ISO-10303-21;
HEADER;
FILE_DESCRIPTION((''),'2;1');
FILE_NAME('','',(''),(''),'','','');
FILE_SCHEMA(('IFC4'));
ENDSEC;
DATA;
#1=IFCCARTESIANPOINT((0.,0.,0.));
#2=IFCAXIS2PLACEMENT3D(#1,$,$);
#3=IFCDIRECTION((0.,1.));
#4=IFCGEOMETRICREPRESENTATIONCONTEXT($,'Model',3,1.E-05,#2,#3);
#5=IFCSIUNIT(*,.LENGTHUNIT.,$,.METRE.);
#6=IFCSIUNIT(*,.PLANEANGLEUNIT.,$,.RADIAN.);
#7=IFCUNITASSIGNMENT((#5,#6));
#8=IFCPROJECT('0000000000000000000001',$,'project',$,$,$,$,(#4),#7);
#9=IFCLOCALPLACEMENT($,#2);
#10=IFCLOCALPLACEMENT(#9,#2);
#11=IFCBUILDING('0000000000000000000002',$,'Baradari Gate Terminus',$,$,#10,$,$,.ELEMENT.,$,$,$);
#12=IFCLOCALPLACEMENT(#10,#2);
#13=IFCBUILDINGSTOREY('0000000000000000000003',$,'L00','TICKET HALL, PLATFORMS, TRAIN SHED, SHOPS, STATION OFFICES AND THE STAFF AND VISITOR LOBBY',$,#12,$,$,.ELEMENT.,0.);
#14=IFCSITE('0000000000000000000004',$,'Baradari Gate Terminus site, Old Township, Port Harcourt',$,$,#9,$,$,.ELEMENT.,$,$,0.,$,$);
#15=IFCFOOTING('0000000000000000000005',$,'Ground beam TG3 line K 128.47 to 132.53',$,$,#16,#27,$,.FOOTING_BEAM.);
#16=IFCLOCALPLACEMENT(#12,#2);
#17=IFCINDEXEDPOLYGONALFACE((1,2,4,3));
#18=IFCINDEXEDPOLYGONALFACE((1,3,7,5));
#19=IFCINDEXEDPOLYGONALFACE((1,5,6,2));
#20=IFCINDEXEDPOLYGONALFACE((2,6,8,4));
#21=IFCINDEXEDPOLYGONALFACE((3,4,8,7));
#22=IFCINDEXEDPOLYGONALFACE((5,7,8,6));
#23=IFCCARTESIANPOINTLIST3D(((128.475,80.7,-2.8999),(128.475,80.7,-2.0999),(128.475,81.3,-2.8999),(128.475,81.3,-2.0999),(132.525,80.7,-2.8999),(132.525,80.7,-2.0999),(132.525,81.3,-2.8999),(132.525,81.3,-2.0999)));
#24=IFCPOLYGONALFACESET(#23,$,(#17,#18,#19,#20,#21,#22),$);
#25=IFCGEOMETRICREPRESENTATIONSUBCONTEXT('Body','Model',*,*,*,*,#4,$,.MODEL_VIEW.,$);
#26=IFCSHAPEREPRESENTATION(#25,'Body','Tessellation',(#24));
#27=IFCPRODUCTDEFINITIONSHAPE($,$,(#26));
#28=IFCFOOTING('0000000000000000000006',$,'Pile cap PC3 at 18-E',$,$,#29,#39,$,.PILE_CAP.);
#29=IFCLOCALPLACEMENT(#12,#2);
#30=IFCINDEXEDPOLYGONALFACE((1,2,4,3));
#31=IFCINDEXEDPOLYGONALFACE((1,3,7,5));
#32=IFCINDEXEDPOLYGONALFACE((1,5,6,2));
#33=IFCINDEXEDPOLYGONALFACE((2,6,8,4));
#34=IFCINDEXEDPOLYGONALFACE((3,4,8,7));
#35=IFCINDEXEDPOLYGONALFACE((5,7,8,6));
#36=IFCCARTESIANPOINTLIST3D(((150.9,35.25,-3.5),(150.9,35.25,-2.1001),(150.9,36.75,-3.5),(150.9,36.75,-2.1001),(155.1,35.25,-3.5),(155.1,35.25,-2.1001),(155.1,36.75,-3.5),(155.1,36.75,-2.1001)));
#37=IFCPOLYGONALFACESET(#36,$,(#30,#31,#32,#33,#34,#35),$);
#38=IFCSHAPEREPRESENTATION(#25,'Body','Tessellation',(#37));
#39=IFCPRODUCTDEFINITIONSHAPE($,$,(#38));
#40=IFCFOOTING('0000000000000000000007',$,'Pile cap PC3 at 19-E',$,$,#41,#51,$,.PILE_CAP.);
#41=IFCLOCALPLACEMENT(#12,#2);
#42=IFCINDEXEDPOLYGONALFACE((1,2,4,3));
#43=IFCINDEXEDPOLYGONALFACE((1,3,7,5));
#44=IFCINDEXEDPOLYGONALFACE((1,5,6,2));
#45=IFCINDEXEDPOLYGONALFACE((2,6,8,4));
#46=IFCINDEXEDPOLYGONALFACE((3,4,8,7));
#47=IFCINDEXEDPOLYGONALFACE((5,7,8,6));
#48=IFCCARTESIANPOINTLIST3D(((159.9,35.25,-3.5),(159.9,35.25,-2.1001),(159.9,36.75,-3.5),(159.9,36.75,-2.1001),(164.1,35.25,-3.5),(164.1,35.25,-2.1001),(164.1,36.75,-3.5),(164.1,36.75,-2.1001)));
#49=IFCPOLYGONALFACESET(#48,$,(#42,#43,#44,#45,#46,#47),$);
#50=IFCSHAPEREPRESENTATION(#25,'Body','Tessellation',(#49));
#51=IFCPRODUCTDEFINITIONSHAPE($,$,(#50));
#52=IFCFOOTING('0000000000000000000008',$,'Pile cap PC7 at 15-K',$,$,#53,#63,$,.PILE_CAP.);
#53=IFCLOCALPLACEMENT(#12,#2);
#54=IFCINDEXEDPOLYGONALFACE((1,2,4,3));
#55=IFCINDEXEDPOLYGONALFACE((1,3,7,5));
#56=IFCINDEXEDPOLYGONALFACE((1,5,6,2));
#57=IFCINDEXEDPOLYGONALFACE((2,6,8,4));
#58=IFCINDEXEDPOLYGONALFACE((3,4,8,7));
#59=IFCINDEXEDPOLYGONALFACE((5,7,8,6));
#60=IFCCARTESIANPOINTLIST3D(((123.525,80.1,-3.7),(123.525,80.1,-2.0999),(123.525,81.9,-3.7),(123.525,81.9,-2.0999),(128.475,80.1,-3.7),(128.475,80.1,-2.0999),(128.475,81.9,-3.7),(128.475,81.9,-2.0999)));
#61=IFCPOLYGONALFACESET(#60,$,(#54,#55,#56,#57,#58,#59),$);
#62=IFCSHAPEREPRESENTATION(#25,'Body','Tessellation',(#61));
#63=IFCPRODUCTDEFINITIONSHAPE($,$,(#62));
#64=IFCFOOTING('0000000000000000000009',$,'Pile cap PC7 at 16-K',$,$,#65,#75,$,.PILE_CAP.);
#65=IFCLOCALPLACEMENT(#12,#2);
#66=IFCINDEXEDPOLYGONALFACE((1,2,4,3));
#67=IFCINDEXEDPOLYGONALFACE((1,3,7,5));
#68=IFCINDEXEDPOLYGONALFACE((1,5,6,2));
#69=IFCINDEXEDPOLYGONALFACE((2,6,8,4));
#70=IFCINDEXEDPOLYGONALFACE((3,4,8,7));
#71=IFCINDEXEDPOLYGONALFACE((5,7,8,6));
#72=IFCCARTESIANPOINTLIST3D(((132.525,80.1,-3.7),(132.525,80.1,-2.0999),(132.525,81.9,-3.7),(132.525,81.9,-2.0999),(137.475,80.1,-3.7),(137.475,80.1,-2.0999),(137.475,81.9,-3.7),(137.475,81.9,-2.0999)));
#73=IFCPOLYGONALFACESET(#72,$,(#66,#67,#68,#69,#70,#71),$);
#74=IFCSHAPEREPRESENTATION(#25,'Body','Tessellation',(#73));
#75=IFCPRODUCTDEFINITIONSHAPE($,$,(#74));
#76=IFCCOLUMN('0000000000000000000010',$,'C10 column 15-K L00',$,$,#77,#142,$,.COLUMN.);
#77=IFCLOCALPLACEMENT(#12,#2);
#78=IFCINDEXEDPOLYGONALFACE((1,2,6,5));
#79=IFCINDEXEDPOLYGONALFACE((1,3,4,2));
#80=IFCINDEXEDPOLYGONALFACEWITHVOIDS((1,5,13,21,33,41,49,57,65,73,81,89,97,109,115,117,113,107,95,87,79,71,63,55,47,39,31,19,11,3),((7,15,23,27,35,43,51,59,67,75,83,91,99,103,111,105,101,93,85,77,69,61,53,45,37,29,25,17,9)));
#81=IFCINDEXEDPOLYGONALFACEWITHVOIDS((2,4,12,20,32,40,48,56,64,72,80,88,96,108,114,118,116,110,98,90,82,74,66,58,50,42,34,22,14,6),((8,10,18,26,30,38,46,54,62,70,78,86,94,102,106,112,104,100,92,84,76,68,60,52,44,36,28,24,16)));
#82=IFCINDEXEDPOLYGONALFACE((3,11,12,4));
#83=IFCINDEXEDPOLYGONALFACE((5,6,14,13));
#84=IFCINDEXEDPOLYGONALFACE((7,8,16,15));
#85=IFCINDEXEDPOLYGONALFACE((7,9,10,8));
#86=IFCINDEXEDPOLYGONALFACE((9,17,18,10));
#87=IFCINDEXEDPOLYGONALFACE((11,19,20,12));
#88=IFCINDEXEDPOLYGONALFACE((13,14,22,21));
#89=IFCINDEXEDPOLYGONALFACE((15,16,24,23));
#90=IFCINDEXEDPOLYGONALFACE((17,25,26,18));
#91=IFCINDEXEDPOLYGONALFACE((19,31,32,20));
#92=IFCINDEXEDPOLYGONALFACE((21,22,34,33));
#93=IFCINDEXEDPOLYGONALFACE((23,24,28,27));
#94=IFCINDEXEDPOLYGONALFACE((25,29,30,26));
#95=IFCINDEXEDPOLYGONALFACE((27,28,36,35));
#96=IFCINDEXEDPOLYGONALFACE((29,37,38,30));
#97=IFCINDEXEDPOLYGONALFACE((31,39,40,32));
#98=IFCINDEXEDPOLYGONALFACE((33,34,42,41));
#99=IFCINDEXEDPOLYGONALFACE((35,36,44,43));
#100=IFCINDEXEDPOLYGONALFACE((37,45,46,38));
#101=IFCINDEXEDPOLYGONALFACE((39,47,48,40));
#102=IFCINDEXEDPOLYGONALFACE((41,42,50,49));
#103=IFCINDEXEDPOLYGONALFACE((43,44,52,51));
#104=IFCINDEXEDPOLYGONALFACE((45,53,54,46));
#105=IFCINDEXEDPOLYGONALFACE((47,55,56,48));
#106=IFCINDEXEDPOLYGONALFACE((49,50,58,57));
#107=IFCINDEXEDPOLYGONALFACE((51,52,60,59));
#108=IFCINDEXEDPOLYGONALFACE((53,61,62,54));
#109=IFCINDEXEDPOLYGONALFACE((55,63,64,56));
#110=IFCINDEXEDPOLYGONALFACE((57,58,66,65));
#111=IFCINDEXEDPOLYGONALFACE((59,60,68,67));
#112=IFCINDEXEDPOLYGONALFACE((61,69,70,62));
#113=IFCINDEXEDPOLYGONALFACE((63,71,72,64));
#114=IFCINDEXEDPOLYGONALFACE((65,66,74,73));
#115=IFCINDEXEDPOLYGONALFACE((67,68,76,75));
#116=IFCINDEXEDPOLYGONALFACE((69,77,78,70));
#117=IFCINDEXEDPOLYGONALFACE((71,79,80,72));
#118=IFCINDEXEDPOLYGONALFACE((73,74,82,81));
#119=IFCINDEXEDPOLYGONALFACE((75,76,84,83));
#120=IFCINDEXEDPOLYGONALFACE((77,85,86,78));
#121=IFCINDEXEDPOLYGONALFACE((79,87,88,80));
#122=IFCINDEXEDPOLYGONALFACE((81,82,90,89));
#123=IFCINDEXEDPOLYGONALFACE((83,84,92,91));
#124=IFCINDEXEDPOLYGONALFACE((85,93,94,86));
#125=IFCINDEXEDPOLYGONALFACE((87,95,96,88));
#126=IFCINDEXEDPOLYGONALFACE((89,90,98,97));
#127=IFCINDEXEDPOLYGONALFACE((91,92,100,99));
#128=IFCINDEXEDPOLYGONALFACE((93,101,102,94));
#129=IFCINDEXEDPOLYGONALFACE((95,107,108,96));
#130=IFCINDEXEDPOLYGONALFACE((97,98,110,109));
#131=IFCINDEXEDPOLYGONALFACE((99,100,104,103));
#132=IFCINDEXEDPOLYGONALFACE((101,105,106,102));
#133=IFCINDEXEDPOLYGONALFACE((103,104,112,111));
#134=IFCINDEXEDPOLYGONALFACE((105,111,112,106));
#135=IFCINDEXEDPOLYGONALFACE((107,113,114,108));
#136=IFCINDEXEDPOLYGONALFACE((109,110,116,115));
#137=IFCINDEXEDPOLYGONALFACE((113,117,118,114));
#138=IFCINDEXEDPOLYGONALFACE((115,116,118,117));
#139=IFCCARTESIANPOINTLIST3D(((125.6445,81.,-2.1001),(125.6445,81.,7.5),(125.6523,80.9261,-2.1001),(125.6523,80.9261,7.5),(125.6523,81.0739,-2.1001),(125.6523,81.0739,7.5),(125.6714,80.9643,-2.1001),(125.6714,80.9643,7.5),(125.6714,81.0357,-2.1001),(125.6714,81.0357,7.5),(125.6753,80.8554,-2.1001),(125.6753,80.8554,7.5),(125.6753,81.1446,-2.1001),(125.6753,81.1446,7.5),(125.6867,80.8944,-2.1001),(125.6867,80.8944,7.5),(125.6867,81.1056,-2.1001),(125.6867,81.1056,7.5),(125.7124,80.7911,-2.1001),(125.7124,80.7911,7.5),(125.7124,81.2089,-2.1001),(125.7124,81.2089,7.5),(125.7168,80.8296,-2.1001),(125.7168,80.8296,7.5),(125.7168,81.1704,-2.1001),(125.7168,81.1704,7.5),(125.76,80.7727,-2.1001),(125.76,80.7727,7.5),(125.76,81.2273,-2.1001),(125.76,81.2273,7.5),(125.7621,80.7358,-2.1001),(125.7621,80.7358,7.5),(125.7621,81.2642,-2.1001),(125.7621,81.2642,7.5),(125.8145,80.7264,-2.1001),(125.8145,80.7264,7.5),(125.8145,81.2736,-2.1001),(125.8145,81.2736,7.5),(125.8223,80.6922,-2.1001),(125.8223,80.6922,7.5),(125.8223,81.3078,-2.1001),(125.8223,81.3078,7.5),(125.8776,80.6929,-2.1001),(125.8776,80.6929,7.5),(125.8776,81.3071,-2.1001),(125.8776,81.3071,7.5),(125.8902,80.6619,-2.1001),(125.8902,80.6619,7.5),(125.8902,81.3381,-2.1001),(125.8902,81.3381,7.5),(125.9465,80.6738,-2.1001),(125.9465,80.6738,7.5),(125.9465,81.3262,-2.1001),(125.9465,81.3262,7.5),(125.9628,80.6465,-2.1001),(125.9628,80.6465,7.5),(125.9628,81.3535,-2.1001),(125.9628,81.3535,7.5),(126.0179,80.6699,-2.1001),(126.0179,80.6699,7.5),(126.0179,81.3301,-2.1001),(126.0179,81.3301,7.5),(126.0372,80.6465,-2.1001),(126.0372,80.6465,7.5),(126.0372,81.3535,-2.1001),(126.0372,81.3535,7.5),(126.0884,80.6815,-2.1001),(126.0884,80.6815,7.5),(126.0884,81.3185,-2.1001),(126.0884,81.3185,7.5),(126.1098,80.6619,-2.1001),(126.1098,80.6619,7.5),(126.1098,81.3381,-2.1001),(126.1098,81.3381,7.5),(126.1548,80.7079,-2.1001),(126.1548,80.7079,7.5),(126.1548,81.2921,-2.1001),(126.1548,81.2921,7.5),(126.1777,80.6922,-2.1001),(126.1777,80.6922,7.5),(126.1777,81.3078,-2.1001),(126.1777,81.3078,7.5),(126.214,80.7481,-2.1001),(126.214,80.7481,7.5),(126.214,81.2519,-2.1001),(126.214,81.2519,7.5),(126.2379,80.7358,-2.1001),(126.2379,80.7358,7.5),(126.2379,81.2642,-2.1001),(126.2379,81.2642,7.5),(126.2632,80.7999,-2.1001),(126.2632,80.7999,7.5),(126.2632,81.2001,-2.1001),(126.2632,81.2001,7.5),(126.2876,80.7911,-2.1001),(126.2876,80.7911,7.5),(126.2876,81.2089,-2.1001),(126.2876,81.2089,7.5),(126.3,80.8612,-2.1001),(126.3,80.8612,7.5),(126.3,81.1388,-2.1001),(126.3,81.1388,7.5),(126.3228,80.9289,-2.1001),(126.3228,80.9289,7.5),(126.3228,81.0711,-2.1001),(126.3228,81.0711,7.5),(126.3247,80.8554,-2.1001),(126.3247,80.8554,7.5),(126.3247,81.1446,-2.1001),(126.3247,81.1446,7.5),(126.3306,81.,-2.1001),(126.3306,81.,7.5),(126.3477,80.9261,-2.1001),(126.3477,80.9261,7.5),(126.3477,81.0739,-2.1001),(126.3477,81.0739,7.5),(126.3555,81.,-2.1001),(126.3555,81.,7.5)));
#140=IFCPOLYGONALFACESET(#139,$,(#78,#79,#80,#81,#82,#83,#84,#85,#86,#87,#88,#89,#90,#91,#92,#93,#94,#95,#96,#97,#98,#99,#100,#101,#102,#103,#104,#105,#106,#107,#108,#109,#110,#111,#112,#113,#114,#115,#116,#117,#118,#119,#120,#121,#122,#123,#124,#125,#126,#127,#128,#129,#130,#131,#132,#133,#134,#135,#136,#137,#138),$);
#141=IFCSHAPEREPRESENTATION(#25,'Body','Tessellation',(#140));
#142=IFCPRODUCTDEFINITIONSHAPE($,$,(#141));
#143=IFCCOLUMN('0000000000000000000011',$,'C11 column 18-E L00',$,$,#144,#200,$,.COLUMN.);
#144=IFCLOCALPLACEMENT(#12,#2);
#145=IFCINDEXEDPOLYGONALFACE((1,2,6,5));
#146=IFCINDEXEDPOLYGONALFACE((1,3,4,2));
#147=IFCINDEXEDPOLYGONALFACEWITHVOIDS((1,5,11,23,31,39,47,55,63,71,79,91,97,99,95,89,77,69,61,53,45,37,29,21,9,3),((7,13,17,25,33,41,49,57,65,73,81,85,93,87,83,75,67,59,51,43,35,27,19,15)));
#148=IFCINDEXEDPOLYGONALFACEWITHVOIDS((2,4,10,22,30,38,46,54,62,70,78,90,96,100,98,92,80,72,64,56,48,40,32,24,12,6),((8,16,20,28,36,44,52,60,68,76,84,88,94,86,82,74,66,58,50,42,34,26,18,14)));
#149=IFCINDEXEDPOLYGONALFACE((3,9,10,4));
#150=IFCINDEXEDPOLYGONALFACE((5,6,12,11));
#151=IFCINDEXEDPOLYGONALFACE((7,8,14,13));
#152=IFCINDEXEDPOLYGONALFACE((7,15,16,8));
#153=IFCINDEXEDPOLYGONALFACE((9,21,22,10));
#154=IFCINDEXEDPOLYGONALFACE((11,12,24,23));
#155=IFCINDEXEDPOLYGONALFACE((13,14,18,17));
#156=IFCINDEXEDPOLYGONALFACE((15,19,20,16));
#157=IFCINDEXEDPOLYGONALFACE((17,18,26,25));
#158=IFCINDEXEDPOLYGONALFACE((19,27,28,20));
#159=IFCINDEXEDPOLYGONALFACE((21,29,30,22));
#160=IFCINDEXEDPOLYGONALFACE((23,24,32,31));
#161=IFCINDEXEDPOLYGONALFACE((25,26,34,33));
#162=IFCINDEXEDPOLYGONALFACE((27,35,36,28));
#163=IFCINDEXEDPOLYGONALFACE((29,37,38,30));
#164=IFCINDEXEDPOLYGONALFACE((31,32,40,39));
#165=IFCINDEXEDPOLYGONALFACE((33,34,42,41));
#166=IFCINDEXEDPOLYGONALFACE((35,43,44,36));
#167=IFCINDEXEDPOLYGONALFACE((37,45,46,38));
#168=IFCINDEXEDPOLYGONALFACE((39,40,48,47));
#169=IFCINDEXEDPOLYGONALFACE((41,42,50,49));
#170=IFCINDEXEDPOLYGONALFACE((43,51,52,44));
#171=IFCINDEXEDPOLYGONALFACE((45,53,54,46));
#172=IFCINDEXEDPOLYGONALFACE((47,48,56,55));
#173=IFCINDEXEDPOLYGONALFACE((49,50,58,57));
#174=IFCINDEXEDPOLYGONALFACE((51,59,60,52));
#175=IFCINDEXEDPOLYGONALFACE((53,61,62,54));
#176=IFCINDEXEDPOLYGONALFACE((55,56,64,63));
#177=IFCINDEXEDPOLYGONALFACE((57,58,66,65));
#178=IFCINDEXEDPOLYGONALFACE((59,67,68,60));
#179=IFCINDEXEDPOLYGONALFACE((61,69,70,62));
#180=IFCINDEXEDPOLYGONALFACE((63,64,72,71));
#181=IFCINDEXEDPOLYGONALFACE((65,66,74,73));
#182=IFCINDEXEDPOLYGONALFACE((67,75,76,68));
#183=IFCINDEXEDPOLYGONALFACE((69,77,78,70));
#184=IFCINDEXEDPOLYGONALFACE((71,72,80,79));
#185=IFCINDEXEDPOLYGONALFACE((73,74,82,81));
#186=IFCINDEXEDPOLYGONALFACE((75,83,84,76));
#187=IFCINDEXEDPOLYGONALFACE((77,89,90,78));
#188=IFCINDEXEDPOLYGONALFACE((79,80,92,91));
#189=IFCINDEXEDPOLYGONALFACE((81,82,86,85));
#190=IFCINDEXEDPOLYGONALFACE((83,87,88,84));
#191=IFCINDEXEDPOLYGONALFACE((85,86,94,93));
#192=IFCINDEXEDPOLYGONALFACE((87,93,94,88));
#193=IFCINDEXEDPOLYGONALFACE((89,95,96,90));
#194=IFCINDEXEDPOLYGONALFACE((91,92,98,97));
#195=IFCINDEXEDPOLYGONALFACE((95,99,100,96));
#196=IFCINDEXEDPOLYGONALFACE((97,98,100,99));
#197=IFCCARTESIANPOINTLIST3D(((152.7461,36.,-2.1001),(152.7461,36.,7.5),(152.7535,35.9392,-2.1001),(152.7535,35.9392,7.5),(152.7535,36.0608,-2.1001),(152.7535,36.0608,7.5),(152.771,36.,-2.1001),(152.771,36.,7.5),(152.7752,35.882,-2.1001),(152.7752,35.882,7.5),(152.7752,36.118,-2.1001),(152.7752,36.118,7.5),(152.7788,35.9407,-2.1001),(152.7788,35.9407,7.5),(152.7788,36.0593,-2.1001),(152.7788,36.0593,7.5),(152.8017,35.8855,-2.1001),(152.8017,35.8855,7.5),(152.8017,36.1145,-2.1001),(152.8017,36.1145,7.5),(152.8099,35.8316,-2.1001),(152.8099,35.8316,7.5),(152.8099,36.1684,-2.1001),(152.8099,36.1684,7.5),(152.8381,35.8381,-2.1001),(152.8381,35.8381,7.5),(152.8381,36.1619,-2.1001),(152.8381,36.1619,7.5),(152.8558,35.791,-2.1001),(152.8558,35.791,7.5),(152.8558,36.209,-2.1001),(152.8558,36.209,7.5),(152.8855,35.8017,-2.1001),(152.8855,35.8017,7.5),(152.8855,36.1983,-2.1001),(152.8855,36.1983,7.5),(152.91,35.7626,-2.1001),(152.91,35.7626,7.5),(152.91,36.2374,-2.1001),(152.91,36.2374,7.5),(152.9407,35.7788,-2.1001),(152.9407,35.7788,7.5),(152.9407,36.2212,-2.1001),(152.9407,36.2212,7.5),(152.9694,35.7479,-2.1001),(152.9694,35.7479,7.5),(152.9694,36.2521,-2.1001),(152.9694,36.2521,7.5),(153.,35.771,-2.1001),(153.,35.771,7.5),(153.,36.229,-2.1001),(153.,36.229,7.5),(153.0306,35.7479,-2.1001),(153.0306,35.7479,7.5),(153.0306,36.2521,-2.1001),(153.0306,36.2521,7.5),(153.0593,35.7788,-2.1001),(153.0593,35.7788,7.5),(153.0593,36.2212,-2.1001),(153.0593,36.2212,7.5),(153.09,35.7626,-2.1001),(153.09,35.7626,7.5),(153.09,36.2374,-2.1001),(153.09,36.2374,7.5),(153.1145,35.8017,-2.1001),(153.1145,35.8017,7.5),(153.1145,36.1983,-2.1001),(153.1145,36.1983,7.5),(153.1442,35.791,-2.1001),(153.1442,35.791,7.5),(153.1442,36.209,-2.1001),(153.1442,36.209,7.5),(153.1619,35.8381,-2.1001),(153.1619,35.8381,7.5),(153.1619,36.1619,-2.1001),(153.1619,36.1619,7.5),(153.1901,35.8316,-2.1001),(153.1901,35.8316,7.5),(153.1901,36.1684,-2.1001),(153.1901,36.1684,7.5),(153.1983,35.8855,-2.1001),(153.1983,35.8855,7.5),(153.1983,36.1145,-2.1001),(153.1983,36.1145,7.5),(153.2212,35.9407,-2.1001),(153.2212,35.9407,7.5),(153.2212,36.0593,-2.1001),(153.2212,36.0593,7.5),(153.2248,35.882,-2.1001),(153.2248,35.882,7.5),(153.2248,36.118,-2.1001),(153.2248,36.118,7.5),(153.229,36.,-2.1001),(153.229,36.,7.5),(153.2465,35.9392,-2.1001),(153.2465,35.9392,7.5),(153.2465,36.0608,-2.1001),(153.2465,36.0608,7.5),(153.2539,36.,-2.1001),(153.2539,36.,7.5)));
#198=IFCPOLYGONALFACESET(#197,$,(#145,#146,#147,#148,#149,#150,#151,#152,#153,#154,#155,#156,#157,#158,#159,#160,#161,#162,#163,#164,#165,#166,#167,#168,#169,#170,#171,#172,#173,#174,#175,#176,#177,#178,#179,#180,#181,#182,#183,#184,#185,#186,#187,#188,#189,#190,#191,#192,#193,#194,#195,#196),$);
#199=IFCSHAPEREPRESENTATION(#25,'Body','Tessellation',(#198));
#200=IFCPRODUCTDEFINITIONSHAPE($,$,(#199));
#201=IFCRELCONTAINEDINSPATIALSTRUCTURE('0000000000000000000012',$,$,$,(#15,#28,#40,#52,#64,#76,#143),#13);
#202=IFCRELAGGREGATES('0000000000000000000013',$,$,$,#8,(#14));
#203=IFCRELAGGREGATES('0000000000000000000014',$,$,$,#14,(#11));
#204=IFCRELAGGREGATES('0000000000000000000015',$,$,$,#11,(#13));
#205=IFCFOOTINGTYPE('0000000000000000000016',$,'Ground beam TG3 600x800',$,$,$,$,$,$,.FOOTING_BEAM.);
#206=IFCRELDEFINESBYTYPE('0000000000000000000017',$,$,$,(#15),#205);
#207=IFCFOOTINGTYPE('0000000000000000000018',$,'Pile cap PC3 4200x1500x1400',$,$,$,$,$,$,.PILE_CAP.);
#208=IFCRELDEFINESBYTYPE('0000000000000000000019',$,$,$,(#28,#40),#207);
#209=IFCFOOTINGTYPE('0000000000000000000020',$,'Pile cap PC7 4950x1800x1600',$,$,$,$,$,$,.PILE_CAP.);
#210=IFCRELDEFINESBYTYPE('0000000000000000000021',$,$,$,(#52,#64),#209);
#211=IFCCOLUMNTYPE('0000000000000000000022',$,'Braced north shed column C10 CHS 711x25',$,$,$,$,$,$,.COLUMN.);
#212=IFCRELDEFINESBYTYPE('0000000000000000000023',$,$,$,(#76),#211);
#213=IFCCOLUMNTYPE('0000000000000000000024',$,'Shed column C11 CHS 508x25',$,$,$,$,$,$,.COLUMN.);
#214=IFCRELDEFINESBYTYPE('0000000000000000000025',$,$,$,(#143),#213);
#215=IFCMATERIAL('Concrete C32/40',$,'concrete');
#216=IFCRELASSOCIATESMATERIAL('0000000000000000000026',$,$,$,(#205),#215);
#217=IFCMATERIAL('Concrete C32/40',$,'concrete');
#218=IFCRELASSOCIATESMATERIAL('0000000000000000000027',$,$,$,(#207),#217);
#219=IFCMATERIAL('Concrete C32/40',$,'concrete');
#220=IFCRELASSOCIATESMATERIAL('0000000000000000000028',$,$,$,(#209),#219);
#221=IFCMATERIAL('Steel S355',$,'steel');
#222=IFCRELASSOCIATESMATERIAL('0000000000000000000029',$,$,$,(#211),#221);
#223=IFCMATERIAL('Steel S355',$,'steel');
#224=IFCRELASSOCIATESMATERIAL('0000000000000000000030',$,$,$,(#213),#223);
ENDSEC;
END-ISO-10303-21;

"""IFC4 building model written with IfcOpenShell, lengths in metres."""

from ifc_helpers import new_model, si_unit, direction, frame, origin, origin_2d, place, context, subcontext, project, spatial, rectangle, hollow_circle, extrude, material, material_profile, profile_set, type_object, element, save


model = new_model("IFC4")

# Units and contexts
model_context = context("Model", 3, precision=1e-05, world=origin(), true_north=direction((0.0, 1.0)))
body_context = subcontext(model_context, "Body", "Model", "MODEL_VIEW")
ifc_project = project(units=[si_unit("LENGTHUNIT", "METRE"), si_unit("PLANEANGLEUNIT", "RADIAN")], contexts=[model_context])

# Site, building, storey
site_placement = place(None, origin())
site = spatial("IfcSite", under=ifc_project, at=site_placement, Name="Baradari Gate Terminus site, Old Township, Port Harcourt", CompositionType="ELEMENT", RefElevation=0.0)
building_placement = place(site_placement, origin())
building = spatial("IfcBuilding", under=site, at=building_placement, Name="Baradari Gate Terminus", CompositionType="ELEMENT")
storey_placement = place(building_placement, origin())
storey = spatial("IfcBuildingStorey", under=building, at=storey_placement, Name="L00", Description="TICKET HALL, PLATFORMS, TRAIN SHED, SHOPS, STATION OFFICES AND THE STAFF AND VISITOR LOBBY", CompositionType="ELEMENT", Elevation=0.0)

# Footings
ifc_material_1 = material(Name="Concrete C32/40", Category="concrete")
footing_type_1 = type_object("IfcFootingType", Name="Ground beam TG3 600x800", PredefinedType="FOOTING_BEAM", material=ifc_material_1)
footing_1_placement = place(storey_placement, frame((130.5, 81.0, -2.8999), z_axis=(0.0, 0.0, 1.0), x_axis=(1.0, 0.0, 0.0)))
element("IfcFooting", 1, at=footing_1_placement, inside=storey, type_object=footing_type_1, Name="Ground beam TG3 line K 128.47 to 132.53", PredefinedType="FOOTING_BEAM", context=body_context, shape_type="SweptSolid", body=[
    extrude(rectangle(XDim=4.05, YDim=0.6001, at=origin_2d()), origin(), (0.0, 0.0, 1.0), 0.8),
])
ifc_material_2 = material(Name="Concrete C32/40", Category="concrete")
footing_type_2 = type_object("IfcFootingType", Name="Pile cap PC3 4200x1500x1400", PredefinedType="PILE_CAP", material=ifc_material_2)
for number, where, z_axis, x_axis, name in (
    (2, (153.0, 36.0, -3.5), (0.0, 0.0, 1.0), (1.0, 0.0, 0.0), "Pile cap PC3 at 18-E"),
    (3, (162.0, 36.0, -3.5), (0.0, 0.0, 1.0), (1.0, 0.0, 0.0), "Pile cap PC3 at 19-E"),
):
    element("IfcFooting", number, at=place(storey_placement, frame(where, z_axis=z_axis, x_axis=x_axis)), inside=storey, type_object=footing_type_2, Name=name, PredefinedType="PILE_CAP", context=body_context, shape_type="SweptSolid", body=[
        extrude(rectangle(XDim=4.2, YDim=1.5, at=origin_2d()), origin(), (0.0, 0.0, 1.0), 1.3999),
    ])
ifc_material_3 = material(Name="Concrete C32/40", Category="concrete")
footing_type_3 = type_object("IfcFootingType", Name="Pile cap PC7 4950x1800x1600", PredefinedType="PILE_CAP", material=ifc_material_3)
for number, where, z_axis, x_axis, name in (
    (4, (126.0, 81.0, -3.7), (0.0, 0.0, 1.0), (1.0, 0.0, 0.0), "Pile cap PC7 at 15-K"),
    (5, (135.0, 81.0, -3.7), (0.0, 0.0, 1.0), (1.0, 0.0, 0.0), "Pile cap PC7 at 16-K"),
):
    element("IfcFooting", number, at=place(storey_placement, frame(where, z_axis=z_axis, x_axis=x_axis)), inside=storey, type_object=footing_type_3, Name=name, PredefinedType="PILE_CAP", context=body_context, shape_type="SweptSolid", body=[
        extrude(rectangle(XDim=4.95, YDim=1.8, at=origin_2d()), origin(), (0.0, 0.0, 1.0), 1.6001),
    ])

# Columns
ifc_material_4 = material(Name="Steel S355", Category="steel")
ifc_material_profile_1 = material_profile(ifc_material_4, hollow_circle(Radius=0.3555, WallThickness=0.0249, at=origin_2d()), Name="CHS 711x25")
ifc_profile_set_1 = profile_set([ifc_material_profile_1], Name="Steel S355")
column_type_1 = type_object("IfcColumnType", Name="Braced north shed column C10 CHS 711x25", PredefinedType="COLUMN", material=ifc_profile_set_1)
column_1_placement = place(storey_placement, frame((126.0, 81.0, -2.1001), z_axis=(0.0, 0.0, 1.0), x_axis=(1.0, 0.0, 0.0)))
element("IfcColumn", 6, at=column_1_placement, inside=storey, type_object=column_type_1, Name="C10 column 15-K L00", PredefinedType="COLUMN", context=body_context, shape_type="SweptSolid", body=[
    extrude(hollow_circle(Radius=0.3555, WallThickness=0.0249, at=origin_2d()), origin(), (0.0, 0.0, 1.0), 9.6001),
])
ifc_material_5 = material(Name="Steel S355", Category="steel")
ifc_material_profile_2 = material_profile(ifc_material_5, hollow_circle(Radius=0.2539, WallThickness=0.0249, at=origin_2d()), Name="CHS 508x25")
ifc_profile_set_2 = profile_set([ifc_material_profile_2], Name="Steel S355")
column_type_2 = type_object("IfcColumnType", Name="Shed column C11 CHS 508x25", PredefinedType="COLUMN", material=ifc_profile_set_2)
column_2_placement = place(storey_placement, frame((153.0, 36.0, -2.1001), z_axis=(0.0, 0.0, 1.0), x_axis=(1.0, 0.0, 0.0)))
element("IfcColumn", 7, at=column_2_placement, inside=storey, type_object=column_type_2, Name="C11 column 18-E L00", PredefinedType="COLUMN", context=body_context, shape_type="SweptSolid", body=[
    extrude(hollow_circle(Radius=0.2539, WallThickness=0.0249, at=origin_2d()), origin(), (0.0, 0.0, 1.0), 9.6001),
])

save(model, "model.ifc")
